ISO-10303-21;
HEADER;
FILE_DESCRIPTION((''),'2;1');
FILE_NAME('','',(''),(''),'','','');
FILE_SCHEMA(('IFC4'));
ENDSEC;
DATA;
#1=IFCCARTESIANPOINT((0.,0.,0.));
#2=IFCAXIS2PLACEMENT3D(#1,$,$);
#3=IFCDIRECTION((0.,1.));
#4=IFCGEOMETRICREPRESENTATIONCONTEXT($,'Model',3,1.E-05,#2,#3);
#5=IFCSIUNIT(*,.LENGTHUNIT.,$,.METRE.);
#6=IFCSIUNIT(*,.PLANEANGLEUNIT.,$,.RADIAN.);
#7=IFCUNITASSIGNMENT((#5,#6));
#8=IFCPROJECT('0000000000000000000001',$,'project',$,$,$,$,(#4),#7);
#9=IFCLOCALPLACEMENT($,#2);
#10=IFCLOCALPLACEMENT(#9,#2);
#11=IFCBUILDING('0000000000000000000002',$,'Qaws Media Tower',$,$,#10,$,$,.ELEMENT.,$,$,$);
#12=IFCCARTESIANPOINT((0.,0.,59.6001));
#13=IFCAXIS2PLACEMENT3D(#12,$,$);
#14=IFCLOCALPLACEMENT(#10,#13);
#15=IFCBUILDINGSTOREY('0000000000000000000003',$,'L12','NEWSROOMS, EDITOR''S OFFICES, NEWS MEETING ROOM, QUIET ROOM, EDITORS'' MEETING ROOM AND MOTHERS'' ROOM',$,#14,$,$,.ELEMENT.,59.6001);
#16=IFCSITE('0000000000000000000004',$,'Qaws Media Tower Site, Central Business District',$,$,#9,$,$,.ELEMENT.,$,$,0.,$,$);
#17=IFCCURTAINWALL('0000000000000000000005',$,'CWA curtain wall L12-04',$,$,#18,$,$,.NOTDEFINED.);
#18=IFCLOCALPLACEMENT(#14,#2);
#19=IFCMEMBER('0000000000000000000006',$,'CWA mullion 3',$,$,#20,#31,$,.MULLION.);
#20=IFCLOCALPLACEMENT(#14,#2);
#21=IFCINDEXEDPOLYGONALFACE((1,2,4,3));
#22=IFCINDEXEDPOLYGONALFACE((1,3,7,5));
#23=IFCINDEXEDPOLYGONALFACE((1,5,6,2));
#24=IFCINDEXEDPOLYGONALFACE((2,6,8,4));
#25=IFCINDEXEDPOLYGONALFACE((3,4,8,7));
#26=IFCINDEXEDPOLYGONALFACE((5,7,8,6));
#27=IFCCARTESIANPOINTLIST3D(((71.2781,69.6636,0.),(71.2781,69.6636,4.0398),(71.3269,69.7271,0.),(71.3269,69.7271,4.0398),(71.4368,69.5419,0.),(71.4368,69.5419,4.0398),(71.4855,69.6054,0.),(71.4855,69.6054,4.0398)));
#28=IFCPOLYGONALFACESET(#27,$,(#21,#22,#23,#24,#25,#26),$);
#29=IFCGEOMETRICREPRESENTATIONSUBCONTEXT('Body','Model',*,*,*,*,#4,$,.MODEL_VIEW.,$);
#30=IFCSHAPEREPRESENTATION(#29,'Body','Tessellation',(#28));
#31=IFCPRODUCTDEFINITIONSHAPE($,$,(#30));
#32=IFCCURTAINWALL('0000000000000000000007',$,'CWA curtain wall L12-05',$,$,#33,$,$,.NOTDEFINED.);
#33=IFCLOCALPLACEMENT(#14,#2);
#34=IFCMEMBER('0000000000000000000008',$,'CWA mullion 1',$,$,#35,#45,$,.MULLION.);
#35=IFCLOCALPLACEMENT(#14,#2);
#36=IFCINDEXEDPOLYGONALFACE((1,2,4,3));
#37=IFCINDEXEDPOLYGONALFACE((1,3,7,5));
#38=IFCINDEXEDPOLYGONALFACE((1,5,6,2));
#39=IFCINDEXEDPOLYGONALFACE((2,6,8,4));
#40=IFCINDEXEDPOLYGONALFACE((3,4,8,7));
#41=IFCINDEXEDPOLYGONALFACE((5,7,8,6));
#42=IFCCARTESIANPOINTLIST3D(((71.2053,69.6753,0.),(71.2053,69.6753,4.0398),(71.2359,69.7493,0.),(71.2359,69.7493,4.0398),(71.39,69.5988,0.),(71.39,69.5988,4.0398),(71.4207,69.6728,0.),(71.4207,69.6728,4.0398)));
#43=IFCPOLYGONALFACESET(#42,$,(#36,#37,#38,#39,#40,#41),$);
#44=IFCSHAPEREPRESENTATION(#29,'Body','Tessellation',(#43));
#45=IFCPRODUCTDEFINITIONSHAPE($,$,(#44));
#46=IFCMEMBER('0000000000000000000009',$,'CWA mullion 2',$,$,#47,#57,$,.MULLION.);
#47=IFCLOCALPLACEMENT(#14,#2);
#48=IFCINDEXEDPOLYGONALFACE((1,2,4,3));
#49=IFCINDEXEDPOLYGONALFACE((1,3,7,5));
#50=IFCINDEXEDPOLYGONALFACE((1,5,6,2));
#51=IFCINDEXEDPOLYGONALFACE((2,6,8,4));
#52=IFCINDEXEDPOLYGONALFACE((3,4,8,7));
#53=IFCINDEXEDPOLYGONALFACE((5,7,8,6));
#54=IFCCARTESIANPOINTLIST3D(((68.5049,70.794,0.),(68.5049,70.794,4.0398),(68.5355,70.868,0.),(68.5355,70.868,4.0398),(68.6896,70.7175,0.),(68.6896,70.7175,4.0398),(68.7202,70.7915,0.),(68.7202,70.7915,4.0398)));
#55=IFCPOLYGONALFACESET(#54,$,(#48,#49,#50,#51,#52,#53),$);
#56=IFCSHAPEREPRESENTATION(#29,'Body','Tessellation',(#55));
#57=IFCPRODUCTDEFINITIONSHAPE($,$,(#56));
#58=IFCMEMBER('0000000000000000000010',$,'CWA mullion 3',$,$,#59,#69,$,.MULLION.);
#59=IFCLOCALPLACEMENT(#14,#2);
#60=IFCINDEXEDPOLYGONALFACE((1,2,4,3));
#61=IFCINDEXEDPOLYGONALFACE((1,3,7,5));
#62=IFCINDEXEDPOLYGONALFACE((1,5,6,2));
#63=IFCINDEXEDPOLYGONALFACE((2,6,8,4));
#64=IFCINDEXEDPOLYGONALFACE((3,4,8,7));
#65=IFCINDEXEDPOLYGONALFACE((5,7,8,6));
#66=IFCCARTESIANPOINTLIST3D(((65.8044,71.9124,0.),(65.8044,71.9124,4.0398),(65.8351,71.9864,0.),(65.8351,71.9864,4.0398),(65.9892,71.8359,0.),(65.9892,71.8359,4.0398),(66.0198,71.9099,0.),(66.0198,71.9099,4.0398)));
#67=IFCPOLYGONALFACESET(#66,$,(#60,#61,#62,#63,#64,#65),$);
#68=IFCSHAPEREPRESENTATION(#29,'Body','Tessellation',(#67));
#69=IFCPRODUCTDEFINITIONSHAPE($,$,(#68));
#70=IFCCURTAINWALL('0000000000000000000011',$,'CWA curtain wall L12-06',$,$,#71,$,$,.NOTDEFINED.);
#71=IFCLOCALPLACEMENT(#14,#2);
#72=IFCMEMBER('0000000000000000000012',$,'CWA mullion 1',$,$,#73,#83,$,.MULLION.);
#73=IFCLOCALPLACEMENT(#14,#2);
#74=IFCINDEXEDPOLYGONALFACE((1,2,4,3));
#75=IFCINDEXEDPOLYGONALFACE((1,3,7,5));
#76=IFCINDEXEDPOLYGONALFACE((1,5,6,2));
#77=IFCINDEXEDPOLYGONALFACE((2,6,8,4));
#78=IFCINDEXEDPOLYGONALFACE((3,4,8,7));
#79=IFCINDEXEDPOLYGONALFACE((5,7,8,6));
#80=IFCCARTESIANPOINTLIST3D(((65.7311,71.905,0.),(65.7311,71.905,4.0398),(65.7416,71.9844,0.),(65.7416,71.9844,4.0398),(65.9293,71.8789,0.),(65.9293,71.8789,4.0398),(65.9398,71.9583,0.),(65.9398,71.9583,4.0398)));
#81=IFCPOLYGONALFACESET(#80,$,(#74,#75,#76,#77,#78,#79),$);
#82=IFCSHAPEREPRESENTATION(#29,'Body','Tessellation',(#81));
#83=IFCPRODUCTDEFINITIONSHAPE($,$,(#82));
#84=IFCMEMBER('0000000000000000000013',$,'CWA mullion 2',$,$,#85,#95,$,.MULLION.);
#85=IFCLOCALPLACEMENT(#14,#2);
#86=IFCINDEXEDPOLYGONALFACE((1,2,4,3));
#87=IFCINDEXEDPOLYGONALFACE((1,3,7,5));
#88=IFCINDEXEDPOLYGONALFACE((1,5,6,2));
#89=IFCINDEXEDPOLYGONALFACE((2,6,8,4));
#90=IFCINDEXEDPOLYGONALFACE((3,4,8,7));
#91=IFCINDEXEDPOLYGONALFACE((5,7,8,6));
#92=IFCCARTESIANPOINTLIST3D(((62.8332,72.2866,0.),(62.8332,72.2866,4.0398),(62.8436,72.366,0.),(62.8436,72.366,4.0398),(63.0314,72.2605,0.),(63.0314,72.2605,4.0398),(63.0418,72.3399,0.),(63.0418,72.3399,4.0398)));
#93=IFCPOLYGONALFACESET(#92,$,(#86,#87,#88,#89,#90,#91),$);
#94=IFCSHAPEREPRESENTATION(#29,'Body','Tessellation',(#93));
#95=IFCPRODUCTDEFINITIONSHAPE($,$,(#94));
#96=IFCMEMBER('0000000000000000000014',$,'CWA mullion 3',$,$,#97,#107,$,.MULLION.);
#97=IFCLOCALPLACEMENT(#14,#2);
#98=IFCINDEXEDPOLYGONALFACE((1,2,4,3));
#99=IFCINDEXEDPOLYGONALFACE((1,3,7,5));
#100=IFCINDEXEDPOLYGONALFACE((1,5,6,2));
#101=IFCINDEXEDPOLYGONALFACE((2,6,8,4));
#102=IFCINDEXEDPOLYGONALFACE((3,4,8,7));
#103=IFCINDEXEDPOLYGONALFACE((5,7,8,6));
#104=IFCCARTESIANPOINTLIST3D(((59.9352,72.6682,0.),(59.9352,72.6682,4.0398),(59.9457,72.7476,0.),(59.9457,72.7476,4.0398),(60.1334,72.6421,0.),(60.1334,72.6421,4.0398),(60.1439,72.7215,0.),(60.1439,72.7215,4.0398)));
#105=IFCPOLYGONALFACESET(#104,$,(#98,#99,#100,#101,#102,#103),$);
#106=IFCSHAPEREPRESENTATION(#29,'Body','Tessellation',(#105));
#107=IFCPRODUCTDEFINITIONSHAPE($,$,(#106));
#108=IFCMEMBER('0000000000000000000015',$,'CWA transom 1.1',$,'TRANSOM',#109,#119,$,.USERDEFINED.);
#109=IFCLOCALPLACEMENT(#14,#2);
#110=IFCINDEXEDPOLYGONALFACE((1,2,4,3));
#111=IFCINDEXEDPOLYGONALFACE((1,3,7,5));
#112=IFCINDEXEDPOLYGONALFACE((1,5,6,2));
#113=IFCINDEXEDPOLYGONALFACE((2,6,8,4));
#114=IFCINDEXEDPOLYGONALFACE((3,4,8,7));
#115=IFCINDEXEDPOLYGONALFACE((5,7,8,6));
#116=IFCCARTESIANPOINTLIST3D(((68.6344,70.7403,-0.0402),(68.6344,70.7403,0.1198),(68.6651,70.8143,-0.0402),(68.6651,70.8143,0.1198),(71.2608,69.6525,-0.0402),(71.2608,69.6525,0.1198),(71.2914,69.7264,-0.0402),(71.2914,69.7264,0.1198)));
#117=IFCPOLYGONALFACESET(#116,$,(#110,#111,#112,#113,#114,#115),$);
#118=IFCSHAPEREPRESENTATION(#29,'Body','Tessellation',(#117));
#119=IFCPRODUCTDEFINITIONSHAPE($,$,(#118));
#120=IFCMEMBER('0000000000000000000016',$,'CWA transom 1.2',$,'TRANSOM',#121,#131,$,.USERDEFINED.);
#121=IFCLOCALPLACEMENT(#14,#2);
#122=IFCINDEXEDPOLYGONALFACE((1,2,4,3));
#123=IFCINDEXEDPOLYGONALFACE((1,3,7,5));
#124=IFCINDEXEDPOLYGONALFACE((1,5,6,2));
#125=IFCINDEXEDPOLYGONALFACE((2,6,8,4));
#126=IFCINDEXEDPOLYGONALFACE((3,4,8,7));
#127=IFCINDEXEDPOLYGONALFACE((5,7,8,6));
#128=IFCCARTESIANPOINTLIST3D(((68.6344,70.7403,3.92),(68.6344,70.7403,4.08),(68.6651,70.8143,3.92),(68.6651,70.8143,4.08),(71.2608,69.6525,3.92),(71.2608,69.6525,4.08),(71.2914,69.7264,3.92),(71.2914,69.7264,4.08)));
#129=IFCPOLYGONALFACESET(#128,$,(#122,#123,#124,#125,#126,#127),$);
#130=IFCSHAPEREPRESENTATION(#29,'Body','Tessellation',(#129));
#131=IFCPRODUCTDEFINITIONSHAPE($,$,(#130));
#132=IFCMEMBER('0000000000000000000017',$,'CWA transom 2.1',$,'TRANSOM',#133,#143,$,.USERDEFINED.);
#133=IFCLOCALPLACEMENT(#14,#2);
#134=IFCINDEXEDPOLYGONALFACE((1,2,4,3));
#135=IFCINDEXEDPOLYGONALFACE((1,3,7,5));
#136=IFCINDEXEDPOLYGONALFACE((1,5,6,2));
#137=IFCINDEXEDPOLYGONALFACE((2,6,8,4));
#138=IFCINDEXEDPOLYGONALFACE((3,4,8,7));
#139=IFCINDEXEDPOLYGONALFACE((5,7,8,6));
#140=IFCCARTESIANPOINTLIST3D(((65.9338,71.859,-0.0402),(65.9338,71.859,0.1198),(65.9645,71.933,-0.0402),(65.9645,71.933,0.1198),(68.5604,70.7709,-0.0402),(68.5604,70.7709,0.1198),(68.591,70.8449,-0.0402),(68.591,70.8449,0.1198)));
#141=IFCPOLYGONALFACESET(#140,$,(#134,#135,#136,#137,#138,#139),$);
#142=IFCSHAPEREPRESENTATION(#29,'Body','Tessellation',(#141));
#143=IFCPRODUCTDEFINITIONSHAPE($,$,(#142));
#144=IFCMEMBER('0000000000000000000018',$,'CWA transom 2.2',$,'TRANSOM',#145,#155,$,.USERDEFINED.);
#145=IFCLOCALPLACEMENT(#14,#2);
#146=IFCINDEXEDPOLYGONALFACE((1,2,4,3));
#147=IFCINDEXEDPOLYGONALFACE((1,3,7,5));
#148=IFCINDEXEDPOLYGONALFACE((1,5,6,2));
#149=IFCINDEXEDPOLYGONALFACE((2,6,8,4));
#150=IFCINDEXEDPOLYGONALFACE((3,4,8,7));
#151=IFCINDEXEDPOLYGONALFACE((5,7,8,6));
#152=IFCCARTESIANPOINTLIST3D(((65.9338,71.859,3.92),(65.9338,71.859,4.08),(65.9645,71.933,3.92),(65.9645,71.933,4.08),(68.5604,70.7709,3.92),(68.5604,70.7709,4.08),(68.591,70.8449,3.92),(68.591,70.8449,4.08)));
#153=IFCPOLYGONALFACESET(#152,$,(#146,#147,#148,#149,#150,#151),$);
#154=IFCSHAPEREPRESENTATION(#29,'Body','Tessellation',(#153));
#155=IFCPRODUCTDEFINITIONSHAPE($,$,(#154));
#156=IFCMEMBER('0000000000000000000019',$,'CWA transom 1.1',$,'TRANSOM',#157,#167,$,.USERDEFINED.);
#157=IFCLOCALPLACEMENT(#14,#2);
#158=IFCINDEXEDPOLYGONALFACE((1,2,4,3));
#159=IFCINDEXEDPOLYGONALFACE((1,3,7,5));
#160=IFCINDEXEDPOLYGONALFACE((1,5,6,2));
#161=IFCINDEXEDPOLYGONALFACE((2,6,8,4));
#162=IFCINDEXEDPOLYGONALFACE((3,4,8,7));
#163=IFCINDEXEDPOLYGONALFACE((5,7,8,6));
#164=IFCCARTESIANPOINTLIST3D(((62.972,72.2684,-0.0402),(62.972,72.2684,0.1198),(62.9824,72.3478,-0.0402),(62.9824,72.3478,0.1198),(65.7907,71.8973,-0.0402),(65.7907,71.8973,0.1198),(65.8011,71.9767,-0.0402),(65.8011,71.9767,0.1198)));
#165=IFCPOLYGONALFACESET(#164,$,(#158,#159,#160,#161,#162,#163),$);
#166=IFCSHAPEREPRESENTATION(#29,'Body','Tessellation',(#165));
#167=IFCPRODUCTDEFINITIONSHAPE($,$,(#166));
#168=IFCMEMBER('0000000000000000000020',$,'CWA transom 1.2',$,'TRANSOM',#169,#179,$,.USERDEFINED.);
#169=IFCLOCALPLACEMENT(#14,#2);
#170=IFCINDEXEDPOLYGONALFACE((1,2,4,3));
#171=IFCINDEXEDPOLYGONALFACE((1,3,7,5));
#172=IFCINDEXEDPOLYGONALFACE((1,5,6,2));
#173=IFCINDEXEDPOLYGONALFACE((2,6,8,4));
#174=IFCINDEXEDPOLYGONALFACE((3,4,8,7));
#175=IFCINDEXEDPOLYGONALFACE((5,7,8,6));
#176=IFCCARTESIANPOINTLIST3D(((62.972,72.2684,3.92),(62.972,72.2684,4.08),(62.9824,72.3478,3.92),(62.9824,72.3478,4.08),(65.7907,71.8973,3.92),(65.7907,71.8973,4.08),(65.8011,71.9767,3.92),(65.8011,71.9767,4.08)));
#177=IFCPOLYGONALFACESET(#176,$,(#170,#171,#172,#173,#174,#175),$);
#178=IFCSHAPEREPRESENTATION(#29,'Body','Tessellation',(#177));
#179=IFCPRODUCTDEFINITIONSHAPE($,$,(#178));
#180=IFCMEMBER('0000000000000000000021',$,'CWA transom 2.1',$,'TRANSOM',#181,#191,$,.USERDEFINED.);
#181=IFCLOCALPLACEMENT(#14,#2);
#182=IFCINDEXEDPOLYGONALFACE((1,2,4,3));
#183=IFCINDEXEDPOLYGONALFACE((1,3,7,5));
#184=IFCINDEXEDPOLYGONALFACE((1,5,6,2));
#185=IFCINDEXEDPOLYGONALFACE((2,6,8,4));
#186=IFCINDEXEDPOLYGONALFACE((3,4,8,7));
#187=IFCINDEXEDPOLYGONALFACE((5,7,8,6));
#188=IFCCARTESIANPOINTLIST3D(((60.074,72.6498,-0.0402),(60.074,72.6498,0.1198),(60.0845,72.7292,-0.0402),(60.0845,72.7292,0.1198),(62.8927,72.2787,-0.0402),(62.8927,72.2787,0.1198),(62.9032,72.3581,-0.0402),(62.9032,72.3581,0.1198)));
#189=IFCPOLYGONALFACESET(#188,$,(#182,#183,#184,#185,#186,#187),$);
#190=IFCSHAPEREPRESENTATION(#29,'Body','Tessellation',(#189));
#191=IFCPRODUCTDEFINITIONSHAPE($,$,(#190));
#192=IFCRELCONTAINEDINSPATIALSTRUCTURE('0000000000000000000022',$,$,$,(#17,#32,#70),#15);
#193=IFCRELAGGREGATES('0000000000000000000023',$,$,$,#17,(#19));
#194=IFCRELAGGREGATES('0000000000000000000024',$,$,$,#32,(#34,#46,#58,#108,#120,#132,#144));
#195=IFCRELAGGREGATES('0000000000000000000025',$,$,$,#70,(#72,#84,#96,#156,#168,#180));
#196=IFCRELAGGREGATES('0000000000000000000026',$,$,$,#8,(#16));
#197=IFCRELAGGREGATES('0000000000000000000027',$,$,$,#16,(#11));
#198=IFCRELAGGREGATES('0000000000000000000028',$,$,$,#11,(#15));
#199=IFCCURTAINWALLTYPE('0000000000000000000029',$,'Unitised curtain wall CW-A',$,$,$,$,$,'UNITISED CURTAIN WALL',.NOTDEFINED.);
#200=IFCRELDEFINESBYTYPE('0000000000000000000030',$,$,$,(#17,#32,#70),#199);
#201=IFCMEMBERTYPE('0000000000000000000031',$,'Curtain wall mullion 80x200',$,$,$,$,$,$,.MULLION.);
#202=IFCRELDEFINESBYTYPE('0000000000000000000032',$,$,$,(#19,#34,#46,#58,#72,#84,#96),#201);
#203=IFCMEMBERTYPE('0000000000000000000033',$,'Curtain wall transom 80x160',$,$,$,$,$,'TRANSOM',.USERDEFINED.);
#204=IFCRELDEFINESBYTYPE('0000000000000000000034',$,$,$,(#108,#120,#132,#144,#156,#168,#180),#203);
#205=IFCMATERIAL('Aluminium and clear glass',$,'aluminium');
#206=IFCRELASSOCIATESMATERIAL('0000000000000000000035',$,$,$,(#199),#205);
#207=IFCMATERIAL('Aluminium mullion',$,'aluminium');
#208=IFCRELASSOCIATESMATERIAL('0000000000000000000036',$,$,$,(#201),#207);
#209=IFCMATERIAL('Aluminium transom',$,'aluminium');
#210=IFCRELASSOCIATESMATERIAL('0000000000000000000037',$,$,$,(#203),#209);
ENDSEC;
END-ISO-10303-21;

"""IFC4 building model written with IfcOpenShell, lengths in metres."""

from ifc_helpers import new_model, si_unit, direction, frame, origin, origin_2d, place, context, subcontext, project, spatial, rectangle, extrude, material, material_profile, profile_set, type_object, element, aggregate, save


model = new_model("IFC4")

# Units and contexts
model_context = context("Model", 3, precision=1e-05, world=origin(), true_north=direction((0.0, 1.0)))
body_context = subcontext(model_context, "Body", "Model", "MODEL_VIEW")
ifc_project = project(units=[si_unit("LENGTHUNIT", "METRE"), si_unit("PLANEANGLEUNIT", "RADIAN")], contexts=[model_context])

# Site, building, storey
site_placement = place(None, origin())
site = spatial("IfcSite", under=ifc_project, at=site_placement, Name="Qaws Media Tower Site, Central Business District", CompositionType="ELEMENT", RefElevation=0.0)
building_placement = place(site_placement, origin())
building = spatial("IfcBuilding", under=site, at=building_placement, Name="Qaws Media Tower", CompositionType="ELEMENT")
storey_placement = place(building_placement, frame((0.0, 0.0, 59.6001)))
storey = spatial("IfcBuildingStorey", under=building, at=storey_placement, Name="L12", Description="NEWSROOMS, EDITOR'S OFFICES, NEWS MEETING ROOM, QUIET ROOM, EDITORS' MEETING ROOM AND MOTHERS' ROOM", CompositionType="ELEMENT", Elevation=59.6001)

# Curtain wall, member
ifc_material_1 = material(Name="Aluminium and clear glass", Category="aluminium")
curtain_wall_type = type_object("IfcCurtainWallType", Name="Unitised curtain wall CW-A", ElementType="UNITISED CURTAIN WALL", PredefinedType="NOTDEFINED", material=ifc_material_1)
curtain_wall_1_placement = place(storey_placement, origin())
curtain_wall_1 = element("IfcCurtainWall", 1, at=curtain_wall_1_placement, inside=storey, type_object=curtain_wall_type, Name="CWA curtain wall L12-04", PredefinedType="NOTDEFINED")
ifc_material_2 = material(Name="Aluminium mullion", Category="aluminium")
ifc_material_profile_1 = material_profile(ifc_material_2, rectangle(XDim=0.0801, YDim=0.2, at=origin_2d()), Name="80x200")
ifc_profile_set_1 = profile_set([ifc_material_profile_1], Name="Aluminium mullion")
member_type_1 = type_object("IfcMemberType", Name="Curtain wall mullion 80x200", PredefinedType="MULLION", material=ifc_profile_set_1)
member_1_placement = place(storey_placement, frame((71.3818, 69.6345, 0.0), z_axis=(0.0, 0.0, 1.0), x_axis=(-0.608761, -0.793353, 0.0)))
member_1 = element("IfcMember", 2, at=member_1_placement, type_object=member_type_1, Name="CWA mullion 3", PredefinedType="MULLION", context=body_context, shape_type="SweptSolid", body=[
    extrude(rectangle(XDim=0.0801, YDim=0.2, at=origin_2d()), origin(), (0.0, 0.0, 1.0), 4.0398),
])
aggregate(curtain_wall_1, [member_1])

# Curtain walls, members
curtain_wall_2_placement = place(storey_placement, origin())
curtain_wall_2 = element("IfcCurtainWall", 3, at=curtain_wall_2_placement, inside=storey, type_object=curtain_wall_type, Name="CWA curtain wall L12-05", PredefinedType="NOTDEFINED")
member_2_placement = place(storey_placement, frame((71.313, 69.6741, 0.0), z_axis=(0.0, 0.0, 1.0), x_axis=(-0.382683, -0.92388, 0.0)))
member_2 = element("IfcMember", 4, at=member_2_placement, type_object=member_type_1, Name="CWA mullion 1", PredefinedType="MULLION", context=body_context, shape_type="SweptSolid", body=[
    extrude(rectangle(XDim=0.0801, YDim=0.2, at=origin_2d()), origin(), (0.0, 0.0, 1.0), 4.0398),
])
member_3_placement = place(storey_placement, frame((68.6125, 70.7927, 0.0), z_axis=(0.0, 0.0, 1.0), x_axis=(-0.382683, -0.92388, 0.0)))
member_3 = element("IfcMember", 5, at=member_3_placement, type_object=member_type_1, Name="CWA mullion 2", PredefinedType="MULLION", context=body_context, shape_type="SweptSolid", body=[
    extrude(rectangle(XDim=0.0801, YDim=0.2, at=origin_2d()), origin(), (0.0, 0.0, 1.0), 4.0398),
])
member_4_placement = place(storey_placement, frame((65.9121, 71.9111, 0.0), z_axis=(0.0, 0.0, 1.0), x_axis=(-0.382683, -0.92388, 0.0)))
member_4 = element("IfcMember", 6, at=member_4_placement, type_object=member_type_1, Name="CWA mullion 3", PredefinedType="MULLION", context=body_context, shape_type="SweptSolid", body=[
    extrude(rectangle(XDim=0.0801, YDim=0.2, at=origin_2d()), origin(), (0.0, 0.0, 1.0), 4.0398),
])
curtain_wall_3_placement = place(storey_placement, origin())
curtain_wall_3 = element("IfcCurtainWall", 7, at=curtain_wall_3_placement, inside=storey, type_object=curtain_wall_type, Name="CWA curtain wall L12-06", PredefinedType="NOTDEFINED")
member_5_placement = place(storey_placement, frame((65.8354, 71.9316, 0.0), z_axis=(0.0, 0.0, 1.0), x_axis=(-0.130526, -0.991445, 0.0)))
member_5 = element("IfcMember", 8, at=member_5_placement, type_object=member_type_1, Name="CWA mullion 1", PredefinedType="MULLION", context=body_context, shape_type="SweptSolid", body=[
    extrude(rectangle(XDim=0.0801, YDim=0.2, at=origin_2d()), origin(), (0.0, 0.0, 1.0), 4.0398),
])
member_6_placement = place(storey_placement, frame((62.9375, 72.3132, 0.0), z_axis=(0.0, 0.0, 1.0), x_axis=(-0.130526, -0.991445, 0.0)))
member_6 = element("IfcMember", 9, at=member_6_placement, type_object=member_type_1, Name="CWA mullion 2", PredefinedType="MULLION", context=body_context, shape_type="SweptSolid", body=[
    extrude(rectangle(XDim=0.0801, YDim=0.2, at=origin_2d()), origin(), (0.0, 0.0, 1.0), 4.0398),
])
member_7_placement = place(storey_placement, frame((60.0396, 72.6948, 0.0), z_axis=(0.0, 0.0, 1.0), x_axis=(-0.130526, -0.991445, 0.0)))
member_7 = element("IfcMember", 10, at=member_7_placement, type_object=member_type_1, Name="CWA mullion 3", PredefinedType="MULLION", context=body_context, shape_type="SweptSolid", body=[
    extrude(rectangle(XDim=0.0801, YDim=0.2, at=origin_2d()), origin(), (0.0, 0.0, 1.0), 4.0398),
])

# Members
ifc_material_3 = material(Name="Aluminium transom", Category="aluminium")
ifc_material_profile_2 = material_profile(ifc_material_3, rectangle(XDim=0.0801, YDim=0.1599, at=origin_2d()), Name="80x160")
ifc_profile_set_2 = profile_set([ifc_material_profile_2], Name="Aluminium transom")
member_type_2 = type_object("IfcMemberType", Name="Curtain wall transom 80x160", ElementType="TRANSOM", PredefinedType="USERDEFINED", material=ifc_profile_set_2)
member_8_placement = place(storey_placement, frame((71.2761, 69.6895, 0.0398), z_axis=(-0.923883, 0.382675, 0.0), x_axis=(-0.382675, -0.923883, 0.0)))
member_8 = element("IfcMember", 11, at=member_8_placement, type_object=member_type_2, Name="CWA transom 1.1", ObjectType="TRANSOM", PredefinedType="USERDEFINED", context=body_context, shape_type="SweptSolid", body=[
    extrude(rectangle(XDim=0.0801, YDim=0.1599, at=origin_2d()), origin(), (0.0, 0.0, 1.0), 2.8428),
])
member_9_placement = place(storey_placement, frame((71.2761, 69.6895, 4.0), z_axis=(-0.923883, 0.382675, 0.0), x_axis=(-0.382675, -0.923883, 0.0)))
member_9 = element("IfcMember", 12, at=member_9_placement, type_object=member_type_2, Name="CWA transom 1.2", ObjectType="TRANSOM", PredefinedType="USERDEFINED", context=body_context, shape_type="SweptSolid", body=[
    extrude(rectangle(XDim=0.0801, YDim=0.1599, at=origin_2d()), origin(), (0.0, 0.0, 1.0), 2.8428),
])
member_10_placement = place(storey_placement, frame((68.5757, 70.8079, 0.0398), z_axis=(-0.923852, 0.382749, 0.0), x_axis=(-0.382749, -0.923852, 0.0)))
member_10 = element("IfcMember", 13, at=member_10_placement, type_object=member_type_2, Name="CWA transom 2.1", ObjectType="TRANSOM", PredefinedType="USERDEFINED", context=body_context, shape_type="SweptSolid", body=[
    extrude(rectangle(XDim=0.0801, YDim=0.1599, at=origin_2d()), origin(), (0.0, 0.0, 1.0), 2.843),
])
member_11_placement = place(storey_placement, frame((68.5757, 70.8079, 4.0), z_axis=(-0.923852, 0.382749, 0.0), x_axis=(-0.382749, -0.923852, 0.0)))
member_11 = element("IfcMember", 14, at=member_11_placement, type_object=member_type_2, Name="CWA transom 2.2", ObjectType="TRANSOM", PredefinedType="USERDEFINED", context=body_context, shape_type="SweptSolid", body=[
    extrude(rectangle(XDim=0.0801, YDim=0.1599, at=origin_2d()), origin(), (0.0, 0.0, 1.0), 2.843),
])
member_12_placement = place(storey_placement, frame((65.7959, 71.937, 0.0398), z_axis=(-0.991444, 0.130532, 0.0), x_axis=(-0.130532, -0.991444, 0.0)))
member_12 = element("IfcMember", 15, at=member_12_placement, type_object=member_type_2, Name="CWA transom 1.1", ObjectType="TRANSOM", PredefinedType="USERDEFINED", context=body_context, shape_type="SweptSolid", body=[
    extrude(rectangle(XDim=0.0801, YDim=0.1599, at=origin_2d()), origin(), (0.0, 0.0, 1.0), 2.843),
])
member_13_placement = place(storey_placement, frame((65.7959, 71.937, 4.0), z_axis=(-0.991444, 0.130532, 0.0), x_axis=(-0.130532, -0.991444, 0.0)))
member_13 = element("IfcMember", 16, at=member_13_placement, type_object=member_type_2, Name="CWA transom 1.2", ObjectType="TRANSOM", PredefinedType="USERDEFINED", context=body_context, shape_type="SweptSolid", body=[
    extrude(rectangle(XDim=0.0801, YDim=0.1599, at=origin_2d()), origin(), (0.0, 0.0, 1.0), 2.843),
])
member_14_placement = place(storey_placement, frame((62.8979, 72.3184, 0.0398), z_axis=(-0.991444, 0.130532, 0.0), x_axis=(-0.130532, -0.991444, 0.0)))
member_14 = element("IfcMember", 17, at=member_14_placement, type_object=member_type_2, Name="CWA transom 2.1", ObjectType="TRANSOM", PredefinedType="USERDEFINED", context=body_context, shape_type="SweptSolid", body=[
    extrude(rectangle(XDim=0.0801, YDim=0.1599, at=origin_2d()), origin(), (0.0, 0.0, 1.0), 2.843),
])

aggregate(curtain_wall_2, [member_2, member_3, member_4, member_8, member_9, member_10, member_11])
aggregate(curtain_wall_3, [member_5, member_6, member_7, member_12, member_13, member_14])

save(model, "model.ifc")
